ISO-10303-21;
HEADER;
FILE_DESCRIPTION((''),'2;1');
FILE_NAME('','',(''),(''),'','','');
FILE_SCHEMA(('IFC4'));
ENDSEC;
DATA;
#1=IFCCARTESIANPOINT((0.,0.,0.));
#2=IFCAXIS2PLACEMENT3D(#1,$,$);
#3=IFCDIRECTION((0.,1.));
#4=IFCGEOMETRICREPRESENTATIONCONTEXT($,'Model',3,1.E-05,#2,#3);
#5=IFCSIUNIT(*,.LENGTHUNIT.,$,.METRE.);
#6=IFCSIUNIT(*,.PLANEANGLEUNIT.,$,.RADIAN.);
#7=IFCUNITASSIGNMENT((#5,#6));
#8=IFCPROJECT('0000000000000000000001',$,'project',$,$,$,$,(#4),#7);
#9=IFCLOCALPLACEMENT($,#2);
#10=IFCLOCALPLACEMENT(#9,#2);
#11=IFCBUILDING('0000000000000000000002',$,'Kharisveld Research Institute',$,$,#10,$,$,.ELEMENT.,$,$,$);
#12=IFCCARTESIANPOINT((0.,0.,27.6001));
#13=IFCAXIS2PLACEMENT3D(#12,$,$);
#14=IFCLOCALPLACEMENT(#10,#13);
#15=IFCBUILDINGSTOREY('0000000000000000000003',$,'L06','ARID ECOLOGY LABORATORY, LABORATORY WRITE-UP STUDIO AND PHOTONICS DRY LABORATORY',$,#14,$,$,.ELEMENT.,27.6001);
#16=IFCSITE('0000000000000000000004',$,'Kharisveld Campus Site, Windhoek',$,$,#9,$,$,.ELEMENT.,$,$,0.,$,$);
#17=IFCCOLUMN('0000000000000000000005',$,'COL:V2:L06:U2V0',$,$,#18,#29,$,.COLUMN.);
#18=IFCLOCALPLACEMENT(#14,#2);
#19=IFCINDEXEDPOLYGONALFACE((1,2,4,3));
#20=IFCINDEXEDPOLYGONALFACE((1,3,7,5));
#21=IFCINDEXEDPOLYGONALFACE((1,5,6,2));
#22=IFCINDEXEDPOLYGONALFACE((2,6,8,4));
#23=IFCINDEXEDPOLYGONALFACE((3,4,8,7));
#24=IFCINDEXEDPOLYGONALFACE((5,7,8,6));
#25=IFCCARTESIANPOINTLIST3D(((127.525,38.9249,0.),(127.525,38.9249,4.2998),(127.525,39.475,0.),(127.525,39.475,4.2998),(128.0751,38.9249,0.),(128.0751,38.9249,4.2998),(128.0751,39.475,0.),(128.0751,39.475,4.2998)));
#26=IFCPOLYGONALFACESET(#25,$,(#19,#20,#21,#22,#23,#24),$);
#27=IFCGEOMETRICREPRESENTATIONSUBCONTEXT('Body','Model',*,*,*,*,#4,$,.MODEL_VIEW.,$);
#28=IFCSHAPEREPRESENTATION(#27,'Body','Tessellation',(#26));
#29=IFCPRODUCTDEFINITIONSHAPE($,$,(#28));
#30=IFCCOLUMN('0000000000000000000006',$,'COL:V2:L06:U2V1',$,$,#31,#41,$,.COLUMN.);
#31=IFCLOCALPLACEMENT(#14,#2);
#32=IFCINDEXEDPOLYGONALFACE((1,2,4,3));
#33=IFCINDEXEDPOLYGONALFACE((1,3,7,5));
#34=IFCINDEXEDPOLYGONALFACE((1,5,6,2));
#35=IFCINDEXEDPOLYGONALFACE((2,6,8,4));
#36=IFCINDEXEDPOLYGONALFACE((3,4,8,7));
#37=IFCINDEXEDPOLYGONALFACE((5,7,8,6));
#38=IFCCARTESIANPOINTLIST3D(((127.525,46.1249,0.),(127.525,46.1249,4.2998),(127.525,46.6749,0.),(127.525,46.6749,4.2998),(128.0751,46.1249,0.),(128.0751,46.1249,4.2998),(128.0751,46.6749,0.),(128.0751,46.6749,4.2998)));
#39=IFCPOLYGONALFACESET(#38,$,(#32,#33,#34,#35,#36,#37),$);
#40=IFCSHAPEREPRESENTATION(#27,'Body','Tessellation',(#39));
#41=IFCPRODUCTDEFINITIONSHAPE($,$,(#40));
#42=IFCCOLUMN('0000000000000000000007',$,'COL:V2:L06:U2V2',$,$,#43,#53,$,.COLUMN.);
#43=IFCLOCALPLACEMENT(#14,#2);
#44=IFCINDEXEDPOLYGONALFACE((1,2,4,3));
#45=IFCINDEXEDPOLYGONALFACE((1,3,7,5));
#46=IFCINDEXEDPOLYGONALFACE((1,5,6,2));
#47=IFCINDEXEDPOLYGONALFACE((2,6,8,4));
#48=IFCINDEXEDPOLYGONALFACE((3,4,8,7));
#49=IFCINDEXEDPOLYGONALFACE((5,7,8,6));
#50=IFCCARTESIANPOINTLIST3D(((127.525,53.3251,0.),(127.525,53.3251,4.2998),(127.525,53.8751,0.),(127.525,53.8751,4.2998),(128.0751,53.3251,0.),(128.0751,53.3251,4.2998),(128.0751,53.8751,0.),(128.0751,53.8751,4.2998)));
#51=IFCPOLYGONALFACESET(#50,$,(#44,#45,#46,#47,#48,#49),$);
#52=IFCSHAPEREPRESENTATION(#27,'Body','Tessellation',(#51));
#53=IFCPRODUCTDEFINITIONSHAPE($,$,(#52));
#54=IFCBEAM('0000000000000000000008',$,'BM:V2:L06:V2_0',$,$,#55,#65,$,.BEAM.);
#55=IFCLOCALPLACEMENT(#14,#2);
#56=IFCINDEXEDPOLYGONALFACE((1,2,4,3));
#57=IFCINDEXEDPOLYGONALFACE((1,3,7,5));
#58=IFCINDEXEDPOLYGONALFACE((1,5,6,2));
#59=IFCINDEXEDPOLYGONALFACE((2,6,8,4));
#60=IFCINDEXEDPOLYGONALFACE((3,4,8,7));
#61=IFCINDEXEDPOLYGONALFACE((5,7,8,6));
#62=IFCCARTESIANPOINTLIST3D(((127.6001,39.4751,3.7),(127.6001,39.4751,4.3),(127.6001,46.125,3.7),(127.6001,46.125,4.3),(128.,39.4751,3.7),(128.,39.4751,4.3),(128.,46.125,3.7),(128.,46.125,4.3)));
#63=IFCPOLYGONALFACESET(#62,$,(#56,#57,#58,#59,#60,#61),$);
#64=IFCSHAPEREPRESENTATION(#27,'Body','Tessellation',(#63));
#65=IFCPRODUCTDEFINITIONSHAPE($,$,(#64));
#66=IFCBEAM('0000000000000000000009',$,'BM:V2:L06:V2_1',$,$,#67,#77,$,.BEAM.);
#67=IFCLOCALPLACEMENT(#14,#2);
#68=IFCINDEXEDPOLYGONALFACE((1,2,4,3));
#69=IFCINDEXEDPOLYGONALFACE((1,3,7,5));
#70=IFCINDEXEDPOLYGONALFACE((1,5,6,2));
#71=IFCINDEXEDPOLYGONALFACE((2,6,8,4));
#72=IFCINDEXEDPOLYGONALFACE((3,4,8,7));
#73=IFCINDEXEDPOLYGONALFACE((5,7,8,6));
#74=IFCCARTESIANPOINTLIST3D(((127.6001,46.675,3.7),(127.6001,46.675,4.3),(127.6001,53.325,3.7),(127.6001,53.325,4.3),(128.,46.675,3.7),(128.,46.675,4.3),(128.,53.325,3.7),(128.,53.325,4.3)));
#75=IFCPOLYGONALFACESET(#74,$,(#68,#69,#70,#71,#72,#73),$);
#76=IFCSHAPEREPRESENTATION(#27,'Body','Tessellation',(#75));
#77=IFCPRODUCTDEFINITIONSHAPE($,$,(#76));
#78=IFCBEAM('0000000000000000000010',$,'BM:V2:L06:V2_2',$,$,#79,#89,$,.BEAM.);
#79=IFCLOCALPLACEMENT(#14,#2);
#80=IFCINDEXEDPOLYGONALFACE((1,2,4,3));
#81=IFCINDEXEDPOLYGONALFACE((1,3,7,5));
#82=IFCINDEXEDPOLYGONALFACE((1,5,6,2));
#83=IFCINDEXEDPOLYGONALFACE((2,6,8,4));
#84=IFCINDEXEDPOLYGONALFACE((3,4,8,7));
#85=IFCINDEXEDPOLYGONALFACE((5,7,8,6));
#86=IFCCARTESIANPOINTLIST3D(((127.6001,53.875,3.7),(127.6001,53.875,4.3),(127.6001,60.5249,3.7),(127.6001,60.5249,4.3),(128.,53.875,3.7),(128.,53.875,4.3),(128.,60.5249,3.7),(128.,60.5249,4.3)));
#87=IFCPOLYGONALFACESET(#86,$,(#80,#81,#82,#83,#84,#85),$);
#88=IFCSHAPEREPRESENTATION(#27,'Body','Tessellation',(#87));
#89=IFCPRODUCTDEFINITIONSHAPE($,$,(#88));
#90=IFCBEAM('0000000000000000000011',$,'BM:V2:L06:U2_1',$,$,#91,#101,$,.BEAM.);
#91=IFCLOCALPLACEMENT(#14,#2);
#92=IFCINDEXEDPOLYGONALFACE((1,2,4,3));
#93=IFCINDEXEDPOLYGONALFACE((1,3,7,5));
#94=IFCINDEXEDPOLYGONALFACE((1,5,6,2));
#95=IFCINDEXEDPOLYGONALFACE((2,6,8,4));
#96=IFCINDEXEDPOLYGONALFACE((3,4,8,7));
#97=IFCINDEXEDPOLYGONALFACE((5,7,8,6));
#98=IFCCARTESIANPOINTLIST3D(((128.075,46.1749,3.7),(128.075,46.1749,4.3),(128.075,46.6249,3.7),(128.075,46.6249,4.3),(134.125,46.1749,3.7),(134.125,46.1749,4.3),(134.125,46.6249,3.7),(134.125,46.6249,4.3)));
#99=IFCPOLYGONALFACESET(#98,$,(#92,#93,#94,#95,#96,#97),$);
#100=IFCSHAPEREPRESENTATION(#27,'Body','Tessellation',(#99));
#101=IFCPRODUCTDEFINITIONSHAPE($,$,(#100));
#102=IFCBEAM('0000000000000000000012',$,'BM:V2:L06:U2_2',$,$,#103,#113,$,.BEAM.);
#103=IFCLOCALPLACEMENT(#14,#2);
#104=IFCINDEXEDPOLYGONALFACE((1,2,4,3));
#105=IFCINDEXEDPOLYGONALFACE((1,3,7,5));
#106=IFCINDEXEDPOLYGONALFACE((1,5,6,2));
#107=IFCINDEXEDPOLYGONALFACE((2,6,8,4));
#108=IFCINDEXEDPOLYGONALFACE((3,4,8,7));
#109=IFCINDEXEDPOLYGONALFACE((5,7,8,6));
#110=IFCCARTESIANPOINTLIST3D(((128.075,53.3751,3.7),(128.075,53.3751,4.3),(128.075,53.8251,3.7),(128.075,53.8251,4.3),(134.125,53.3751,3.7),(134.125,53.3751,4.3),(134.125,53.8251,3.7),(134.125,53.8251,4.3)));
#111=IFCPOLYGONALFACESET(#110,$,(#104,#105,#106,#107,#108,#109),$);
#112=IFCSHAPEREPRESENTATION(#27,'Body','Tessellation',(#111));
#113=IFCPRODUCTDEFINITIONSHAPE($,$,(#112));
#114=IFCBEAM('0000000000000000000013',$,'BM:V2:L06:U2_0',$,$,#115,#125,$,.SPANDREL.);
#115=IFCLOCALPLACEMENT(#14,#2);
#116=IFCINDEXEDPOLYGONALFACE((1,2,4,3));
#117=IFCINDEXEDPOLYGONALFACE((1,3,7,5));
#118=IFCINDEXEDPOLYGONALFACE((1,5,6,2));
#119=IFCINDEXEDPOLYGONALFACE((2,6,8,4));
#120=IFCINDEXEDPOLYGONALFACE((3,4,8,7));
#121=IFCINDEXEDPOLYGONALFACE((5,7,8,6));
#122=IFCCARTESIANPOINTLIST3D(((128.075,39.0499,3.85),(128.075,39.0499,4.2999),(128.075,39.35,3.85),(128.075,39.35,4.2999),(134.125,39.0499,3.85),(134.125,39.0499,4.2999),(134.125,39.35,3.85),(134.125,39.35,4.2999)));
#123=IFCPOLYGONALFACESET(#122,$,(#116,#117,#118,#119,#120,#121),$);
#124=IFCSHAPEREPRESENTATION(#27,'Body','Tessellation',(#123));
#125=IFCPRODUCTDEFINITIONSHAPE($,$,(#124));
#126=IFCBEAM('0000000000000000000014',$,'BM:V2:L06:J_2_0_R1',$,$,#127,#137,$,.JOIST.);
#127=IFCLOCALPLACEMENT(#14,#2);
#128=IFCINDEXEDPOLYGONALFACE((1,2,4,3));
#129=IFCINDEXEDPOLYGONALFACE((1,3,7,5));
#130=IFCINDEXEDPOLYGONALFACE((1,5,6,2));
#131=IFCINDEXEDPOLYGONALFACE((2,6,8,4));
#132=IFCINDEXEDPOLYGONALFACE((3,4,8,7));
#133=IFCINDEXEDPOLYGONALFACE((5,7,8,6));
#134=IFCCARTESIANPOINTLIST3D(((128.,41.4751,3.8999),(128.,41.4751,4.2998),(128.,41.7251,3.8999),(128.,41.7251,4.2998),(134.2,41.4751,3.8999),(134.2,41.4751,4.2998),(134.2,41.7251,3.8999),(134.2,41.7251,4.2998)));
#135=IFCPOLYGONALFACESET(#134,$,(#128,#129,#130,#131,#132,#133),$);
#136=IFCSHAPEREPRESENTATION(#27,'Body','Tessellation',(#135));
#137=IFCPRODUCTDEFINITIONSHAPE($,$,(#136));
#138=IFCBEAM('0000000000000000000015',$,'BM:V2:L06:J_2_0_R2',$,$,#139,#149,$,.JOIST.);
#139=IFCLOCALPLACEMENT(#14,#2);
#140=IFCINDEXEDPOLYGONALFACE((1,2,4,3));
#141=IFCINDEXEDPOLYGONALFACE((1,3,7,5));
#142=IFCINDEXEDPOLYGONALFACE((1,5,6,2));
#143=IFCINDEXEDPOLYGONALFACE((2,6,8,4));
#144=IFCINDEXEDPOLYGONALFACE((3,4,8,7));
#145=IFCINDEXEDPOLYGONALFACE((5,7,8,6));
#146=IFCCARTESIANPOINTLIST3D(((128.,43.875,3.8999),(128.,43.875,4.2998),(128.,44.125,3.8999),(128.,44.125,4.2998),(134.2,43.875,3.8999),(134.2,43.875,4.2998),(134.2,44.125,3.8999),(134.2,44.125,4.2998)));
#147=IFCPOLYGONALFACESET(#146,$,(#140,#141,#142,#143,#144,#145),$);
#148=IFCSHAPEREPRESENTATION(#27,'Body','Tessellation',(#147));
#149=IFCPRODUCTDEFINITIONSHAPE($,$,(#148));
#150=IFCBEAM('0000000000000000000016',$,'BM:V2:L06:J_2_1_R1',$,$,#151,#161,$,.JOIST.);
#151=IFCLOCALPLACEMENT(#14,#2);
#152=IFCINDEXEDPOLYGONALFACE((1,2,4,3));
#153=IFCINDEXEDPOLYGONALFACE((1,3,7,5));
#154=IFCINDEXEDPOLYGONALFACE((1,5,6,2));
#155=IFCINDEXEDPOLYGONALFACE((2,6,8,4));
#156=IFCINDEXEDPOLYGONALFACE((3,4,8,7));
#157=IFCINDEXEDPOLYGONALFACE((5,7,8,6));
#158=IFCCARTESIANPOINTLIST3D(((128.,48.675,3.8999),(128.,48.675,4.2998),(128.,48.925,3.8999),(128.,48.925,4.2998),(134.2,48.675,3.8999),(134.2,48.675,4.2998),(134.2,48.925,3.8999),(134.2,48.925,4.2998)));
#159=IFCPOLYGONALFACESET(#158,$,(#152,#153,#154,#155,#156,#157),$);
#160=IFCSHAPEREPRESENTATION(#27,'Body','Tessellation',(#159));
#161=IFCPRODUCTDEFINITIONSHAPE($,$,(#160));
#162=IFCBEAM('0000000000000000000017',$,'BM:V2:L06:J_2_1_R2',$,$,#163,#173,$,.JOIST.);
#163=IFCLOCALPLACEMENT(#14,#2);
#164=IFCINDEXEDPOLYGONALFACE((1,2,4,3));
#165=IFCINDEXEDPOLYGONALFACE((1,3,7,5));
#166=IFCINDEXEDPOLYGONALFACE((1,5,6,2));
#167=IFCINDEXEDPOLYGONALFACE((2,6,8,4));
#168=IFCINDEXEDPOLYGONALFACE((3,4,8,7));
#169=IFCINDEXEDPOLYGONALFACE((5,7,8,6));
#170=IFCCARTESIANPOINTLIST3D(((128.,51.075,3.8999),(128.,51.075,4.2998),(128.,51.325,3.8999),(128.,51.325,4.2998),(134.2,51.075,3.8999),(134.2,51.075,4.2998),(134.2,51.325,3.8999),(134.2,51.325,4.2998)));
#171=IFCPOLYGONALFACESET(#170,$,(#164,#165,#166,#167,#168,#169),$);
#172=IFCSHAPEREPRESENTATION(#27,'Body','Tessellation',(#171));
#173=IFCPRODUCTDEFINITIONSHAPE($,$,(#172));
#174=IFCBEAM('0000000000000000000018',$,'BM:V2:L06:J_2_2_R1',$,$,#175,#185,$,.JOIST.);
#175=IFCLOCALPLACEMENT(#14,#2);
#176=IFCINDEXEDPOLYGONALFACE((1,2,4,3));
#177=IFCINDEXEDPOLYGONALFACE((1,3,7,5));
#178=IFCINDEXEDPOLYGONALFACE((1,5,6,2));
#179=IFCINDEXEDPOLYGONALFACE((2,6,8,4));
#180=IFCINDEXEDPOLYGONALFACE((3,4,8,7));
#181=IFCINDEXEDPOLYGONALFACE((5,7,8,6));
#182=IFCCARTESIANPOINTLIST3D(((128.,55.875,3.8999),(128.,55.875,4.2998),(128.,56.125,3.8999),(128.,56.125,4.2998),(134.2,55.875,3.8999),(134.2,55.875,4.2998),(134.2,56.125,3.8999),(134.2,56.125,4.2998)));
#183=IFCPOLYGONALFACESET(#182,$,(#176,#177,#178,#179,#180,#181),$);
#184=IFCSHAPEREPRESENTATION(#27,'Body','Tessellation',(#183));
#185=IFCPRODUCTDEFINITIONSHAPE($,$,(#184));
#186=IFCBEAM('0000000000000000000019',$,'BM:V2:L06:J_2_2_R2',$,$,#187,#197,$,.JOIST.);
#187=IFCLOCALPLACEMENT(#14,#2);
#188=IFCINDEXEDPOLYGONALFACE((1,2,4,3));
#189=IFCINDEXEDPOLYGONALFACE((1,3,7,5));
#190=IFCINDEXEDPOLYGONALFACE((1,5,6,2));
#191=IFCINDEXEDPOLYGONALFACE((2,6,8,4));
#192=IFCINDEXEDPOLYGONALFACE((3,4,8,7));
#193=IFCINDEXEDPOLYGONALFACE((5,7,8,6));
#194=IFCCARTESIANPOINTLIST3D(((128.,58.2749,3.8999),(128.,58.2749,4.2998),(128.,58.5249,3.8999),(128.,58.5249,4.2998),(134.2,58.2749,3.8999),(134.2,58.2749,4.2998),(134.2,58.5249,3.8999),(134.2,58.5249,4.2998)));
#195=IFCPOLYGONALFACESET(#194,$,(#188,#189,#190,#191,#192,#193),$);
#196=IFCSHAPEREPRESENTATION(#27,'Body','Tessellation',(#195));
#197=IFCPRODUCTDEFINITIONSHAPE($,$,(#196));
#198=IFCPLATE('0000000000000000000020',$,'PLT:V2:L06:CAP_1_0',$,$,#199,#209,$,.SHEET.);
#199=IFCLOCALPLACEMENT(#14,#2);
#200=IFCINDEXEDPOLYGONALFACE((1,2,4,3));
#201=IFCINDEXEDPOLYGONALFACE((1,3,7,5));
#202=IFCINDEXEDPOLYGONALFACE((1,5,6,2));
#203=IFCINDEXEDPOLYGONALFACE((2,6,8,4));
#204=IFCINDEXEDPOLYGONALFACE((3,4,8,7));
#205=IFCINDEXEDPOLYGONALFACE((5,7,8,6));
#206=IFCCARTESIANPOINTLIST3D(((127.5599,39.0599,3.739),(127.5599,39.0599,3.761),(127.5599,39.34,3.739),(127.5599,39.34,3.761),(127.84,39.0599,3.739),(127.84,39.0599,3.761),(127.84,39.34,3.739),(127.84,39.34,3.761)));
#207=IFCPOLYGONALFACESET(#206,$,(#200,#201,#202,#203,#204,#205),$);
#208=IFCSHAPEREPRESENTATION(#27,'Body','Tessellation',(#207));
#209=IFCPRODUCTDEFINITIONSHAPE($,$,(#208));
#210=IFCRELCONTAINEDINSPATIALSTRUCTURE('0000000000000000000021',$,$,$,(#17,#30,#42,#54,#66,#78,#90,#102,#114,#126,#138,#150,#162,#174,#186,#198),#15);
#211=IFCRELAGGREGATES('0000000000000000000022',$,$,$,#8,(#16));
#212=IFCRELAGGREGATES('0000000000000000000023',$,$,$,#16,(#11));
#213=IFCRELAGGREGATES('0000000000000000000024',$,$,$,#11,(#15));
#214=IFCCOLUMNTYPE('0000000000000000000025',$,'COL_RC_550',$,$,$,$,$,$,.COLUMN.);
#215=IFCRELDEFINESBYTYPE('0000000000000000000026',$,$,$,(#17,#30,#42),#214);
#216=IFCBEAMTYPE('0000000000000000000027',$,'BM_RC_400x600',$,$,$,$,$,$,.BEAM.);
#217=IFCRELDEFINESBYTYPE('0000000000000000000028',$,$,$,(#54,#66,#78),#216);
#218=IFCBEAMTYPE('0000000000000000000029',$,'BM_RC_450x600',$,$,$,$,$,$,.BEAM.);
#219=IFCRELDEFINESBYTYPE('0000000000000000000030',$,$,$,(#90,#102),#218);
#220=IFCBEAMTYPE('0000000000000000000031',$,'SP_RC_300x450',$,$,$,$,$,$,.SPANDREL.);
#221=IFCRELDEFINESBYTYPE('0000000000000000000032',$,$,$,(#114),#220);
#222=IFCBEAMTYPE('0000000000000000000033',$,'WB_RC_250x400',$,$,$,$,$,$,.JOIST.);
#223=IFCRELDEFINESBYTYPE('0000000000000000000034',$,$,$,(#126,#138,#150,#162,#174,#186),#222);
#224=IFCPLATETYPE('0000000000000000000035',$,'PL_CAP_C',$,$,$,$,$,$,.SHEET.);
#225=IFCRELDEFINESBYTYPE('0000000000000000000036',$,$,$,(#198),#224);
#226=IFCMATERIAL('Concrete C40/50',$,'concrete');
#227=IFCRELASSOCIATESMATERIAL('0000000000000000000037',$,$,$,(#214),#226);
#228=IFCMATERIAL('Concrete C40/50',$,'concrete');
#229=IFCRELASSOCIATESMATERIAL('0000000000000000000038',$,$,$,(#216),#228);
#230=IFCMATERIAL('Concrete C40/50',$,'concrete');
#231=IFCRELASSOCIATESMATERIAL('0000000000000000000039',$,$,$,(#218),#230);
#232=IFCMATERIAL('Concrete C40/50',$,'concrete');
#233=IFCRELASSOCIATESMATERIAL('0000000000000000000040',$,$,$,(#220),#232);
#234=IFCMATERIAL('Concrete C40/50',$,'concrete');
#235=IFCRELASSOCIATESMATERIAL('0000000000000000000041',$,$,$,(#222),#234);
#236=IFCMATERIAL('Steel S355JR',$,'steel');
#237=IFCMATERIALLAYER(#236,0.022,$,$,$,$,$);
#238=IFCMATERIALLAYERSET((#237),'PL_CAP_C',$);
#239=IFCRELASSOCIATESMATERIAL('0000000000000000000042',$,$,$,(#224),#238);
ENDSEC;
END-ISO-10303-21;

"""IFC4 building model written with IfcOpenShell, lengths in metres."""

from ifc_helpers import new_model, si_unit, direction, frame, origin, origin_2d, place, context, subcontext, project, spatial, rectangle, extrude, material, layer, layer_set, material_profile, profile_set, type_object, element, save


model = new_model("IFC4")

# Units and contexts
model_context = context("Model", 3, precision=1e-05, world=origin(), true_north=direction((0.0, 1.0)))
body_context = subcontext(model_context, "Body", "Model", "MODEL_VIEW")
ifc_project = project(units=[si_unit("LENGTHUNIT", "METRE"), si_unit("PLANEANGLEUNIT", "RADIAN")], contexts=[model_context])

# Site, building, storey
site_placement = place(None, origin())
site = spatial("IfcSite", under=ifc_project, at=site_placement, Name="Kharisveld Campus Site, Windhoek", CompositionType="ELEMENT", RefElevation=0.0)
building_placement = place(site_placement, origin())
building = spatial("IfcBuilding", under=site, at=building_placement, Name="Kharisveld Research Institute", CompositionType="ELEMENT")
storey_placement = place(building_placement, frame((0.0, 0.0, 27.6001)))
storey = spatial("IfcBuildingStorey", under=building, at=storey_placement, Name="L06", Description="ARID ECOLOGY LABORATORY, LABORATORY WRITE-UP STUDIO AND PHOTONICS DRY LABORATORY", CompositionType="ELEMENT", Elevation=27.6001)

# Columns
ifc_material_1 = material(Name="Concrete C40/50", Category="concrete")
ifc_material_profile_1 = material_profile(ifc_material_1, rectangle(XDim=0.55, YDim=0.55, at=origin_2d()))
ifc_profile_set_1 = profile_set([ifc_material_profile_1], Name="Concrete C40/50")
column_type = type_object("IfcColumnType", Name="COL_RC_550", PredefinedType="COLUMN", material=ifc_profile_set_1)
for number, where, z_axis, x_axis, name in (
    (1, (127.8, 39.2, 0.0), (0.0, 0.0, 1.0), (1.0, 0.0, 0.0), "COL:V2:L06:U2V0"),
    (2, (127.8, 46.3999, 0.0), (0.0, 0.0, 1.0), (1.0, 0.0, 0.0), "COL:V2:L06:U2V1"),
    (3, (127.8, 53.6001, 0.0), (0.0, 0.0, 1.0), (1.0, 0.0, 0.0), "COL:V2:L06:U2V2"),
):
    element("IfcColumn", number, at=place(storey_placement, frame(where, z_axis=z_axis, x_axis=x_axis)), inside=storey, type_object=column_type, Name=name, PredefinedType="COLUMN", context=body_context, shape_type="SweptSolid", body=[
        extrude(rectangle(XDim=0.55, YDim=0.55, at=origin_2d()), origin(), (0.0, 0.0, 1.0), 4.2998),
    ])

# Beams
ifc_material_2 = material(Name="Concrete C40/50", Category="concrete")
ifc_material_profile_2 = material_profile(ifc_material_2, rectangle(XDim=0.3999, YDim=0.6001, at=origin_2d()))
ifc_profile_set_2 = profile_set([ifc_material_profile_2], Name="Concrete C40/50")
beam_type_1 = type_object("IfcBeamType", Name="BM_RC_400x600", PredefinedType="BEAM", material=ifc_profile_set_2)
for number, where, z_axis, x_axis, name in (
    (4, (127.8, 39.4751, 4.0), (0.0, 1.0, 0.0), (-1.0, 0.0, 0.0), "BM:V2:L06:V2_0"),
    (5, (127.8, 46.675, 4.0), (0.0, 1.0, 0.0), (-1.0, 0.0, 0.0), "BM:V2:L06:V2_1"),
    (6, (127.8, 53.875, 4.0), (0.0, 1.0, 0.0), (-1.0, 0.0, 0.0), "BM:V2:L06:V2_2"),
):
    element("IfcBeam", number, at=place(storey_placement, frame(where, z_axis=z_axis, x_axis=x_axis)), inside=storey, type_object=beam_type_1, Name=name, PredefinedType="BEAM", context=body_context, shape_type="SweptSolid", body=[
        extrude(rectangle(XDim=0.3999, YDim=0.6001, at=origin_2d()), origin(), (0.0, 0.0, 1.0), 6.6499),
    ])
ifc_material_3 = material(Name="Concrete C40/50", Category="concrete")
ifc_material_profile_3 = material_profile(ifc_material_3, rectangle(XDim=0.45, YDim=0.6001, at=origin_2d()))
ifc_profile_set_3 = profile_set([ifc_material_profile_3], Name="Concrete C40/50")
beam_type_2 = type_object("IfcBeamType", Name="BM_RC_450x600", PredefinedType="BEAM", material=ifc_profile_set_3)
for number, where, z_axis, x_axis, name in (
    (7, (128.075, 46.3999, 4.0), (1.0, 0.0, 0.0), (0.0, 1.0, 0.0), "BM:V2:L06:U2_1"),
    (8, (128.075, 53.6001, 4.0), (1.0, 0.0, 0.0), (0.0, 1.0, 0.0), "BM:V2:L06:U2_2"),
):
    element("IfcBeam", number, at=place(storey_placement, frame(where, z_axis=z_axis, x_axis=x_axis)), inside=storey, type_object=beam_type_2, Name=name, PredefinedType="BEAM", context=body_context, shape_type="SweptSolid", body=[
        extrude(rectangle(XDim=0.45, YDim=0.6001, at=origin_2d()), origin(), (0.0, 0.0, 1.0), 6.05),
    ])
ifc_material_4 = material(Name="Concrete C40/50", Category="concrete")
ifc_material_profile_4 = material_profile(ifc_material_4, rectangle(XDim=0.3, YDim=0.45, at=origin_2d()))
ifc_profile_set_4 = profile_set([ifc_material_profile_4], Name="Concrete C40/50")
beam_type_3 = type_object("IfcBeamType", Name="SP_RC_300x450", PredefinedType="SPANDREL", material=ifc_profile_set_4)
beam_placement = place(storey_placement, frame((128.075, 39.2, 4.075), z_axis=(1.0, 0.0, 0.0), x_axis=(0.0, 1.0, 0.0)))
element("IfcBeam", 9, at=beam_placement, inside=storey, type_object=beam_type_3, Name="BM:V2:L06:U2_0", PredefinedType="SPANDREL", context=body_context, shape_type="SweptSolid", body=[
    extrude(rectangle(XDim=0.3, YDim=0.45, at=origin_2d()), origin(), (0.0, 0.0, 1.0), 6.05),
])
ifc_material_5 = material(Name="Concrete C40/50", Category="concrete")
ifc_material_profile_5 = material_profile(ifc_material_5, rectangle(XDim=0.25, YDim=0.3999, at=origin_2d()))
ifc_profile_set_5 = profile_set([ifc_material_profile_5], Name="Concrete C40/50")
beam_type_4 = type_object("IfcBeamType", Name="WB_RC_250x400", PredefinedType="JOIST", material=ifc_profile_set_5)
for number, where, z_axis, x_axis, name in (
    (10, (128.0, 41.6001, 4.0999), (1.0, 0.0, 0.0), (0.0, 1.0, 0.0), "BM:V2:L06:J_2_0_R1"),
    (11, (128.0, 44.0, 4.0999), (1.0, 0.0, 0.0), (0.0, 1.0, 0.0), "BM:V2:L06:J_2_0_R2"),
    (12, (128.0, 48.8, 4.0999), (1.0, 0.0, 0.0), (0.0, 1.0, 0.0), "BM:V2:L06:J_2_1_R1"),
    (13, (128.0, 51.2, 4.0999), (1.0, 0.0, 0.0), (0.0, 1.0, 0.0), "BM:V2:L06:J_2_1_R2"),
    (14, (128.0, 56.0, 4.0999), (1.0, 0.0, 0.0), (0.0, 1.0, 0.0), "BM:V2:L06:J_2_2_R1"),
    (15, (128.0, 58.3999, 4.0999), (1.0, 0.0, 0.0), (0.0, 1.0, 0.0), "BM:V2:L06:J_2_2_R2"),
):
    element("IfcBeam", number, at=place(storey_placement, frame(where, z_axis=z_axis, x_axis=x_axis)), inside=storey, type_object=beam_type_4, Name=name, PredefinedType="JOIST", context=body_context, shape_type="SweptSolid", body=[
        extrude(rectangle(XDim=0.25, YDim=0.3999, at=origin_2d()), origin(), (0.0, 0.0, 1.0), 6.2),
    ])

# Plate
ifc_material_6 = material(Name="Steel S355JR", Category="steel")
ifc_layer_1 = layer(ifc_material_6, 0.022)
ifc_layer_set_1 = layer_set([ifc_layer_1], Name="PL_CAP_C")
plate_type = type_object("IfcPlateType", Name="PL_CAP_C", PredefinedType="SHEET", material=ifc_layer_set_1)
plate_placement = place(storey_placement, frame((127.7, 39.2, 3.739), z_axis=(0.0, 0.0, 1.0), x_axis=(1.0, 0.0, 0.0)))
element("IfcPlate", 16, at=plate_placement, inside=storey, type_object=plate_type, Name="PLT:V2:L06:CAP_1_0", PredefinedType="SHEET", context=body_context, shape_type="SweptSolid", body=[
    extrude(rectangle(XDim=0.28, YDim=0.28, at=origin_2d()), origin(), (0.0, 0.0, 1.0), 0.022),
])

save(model, "model.ifc")
